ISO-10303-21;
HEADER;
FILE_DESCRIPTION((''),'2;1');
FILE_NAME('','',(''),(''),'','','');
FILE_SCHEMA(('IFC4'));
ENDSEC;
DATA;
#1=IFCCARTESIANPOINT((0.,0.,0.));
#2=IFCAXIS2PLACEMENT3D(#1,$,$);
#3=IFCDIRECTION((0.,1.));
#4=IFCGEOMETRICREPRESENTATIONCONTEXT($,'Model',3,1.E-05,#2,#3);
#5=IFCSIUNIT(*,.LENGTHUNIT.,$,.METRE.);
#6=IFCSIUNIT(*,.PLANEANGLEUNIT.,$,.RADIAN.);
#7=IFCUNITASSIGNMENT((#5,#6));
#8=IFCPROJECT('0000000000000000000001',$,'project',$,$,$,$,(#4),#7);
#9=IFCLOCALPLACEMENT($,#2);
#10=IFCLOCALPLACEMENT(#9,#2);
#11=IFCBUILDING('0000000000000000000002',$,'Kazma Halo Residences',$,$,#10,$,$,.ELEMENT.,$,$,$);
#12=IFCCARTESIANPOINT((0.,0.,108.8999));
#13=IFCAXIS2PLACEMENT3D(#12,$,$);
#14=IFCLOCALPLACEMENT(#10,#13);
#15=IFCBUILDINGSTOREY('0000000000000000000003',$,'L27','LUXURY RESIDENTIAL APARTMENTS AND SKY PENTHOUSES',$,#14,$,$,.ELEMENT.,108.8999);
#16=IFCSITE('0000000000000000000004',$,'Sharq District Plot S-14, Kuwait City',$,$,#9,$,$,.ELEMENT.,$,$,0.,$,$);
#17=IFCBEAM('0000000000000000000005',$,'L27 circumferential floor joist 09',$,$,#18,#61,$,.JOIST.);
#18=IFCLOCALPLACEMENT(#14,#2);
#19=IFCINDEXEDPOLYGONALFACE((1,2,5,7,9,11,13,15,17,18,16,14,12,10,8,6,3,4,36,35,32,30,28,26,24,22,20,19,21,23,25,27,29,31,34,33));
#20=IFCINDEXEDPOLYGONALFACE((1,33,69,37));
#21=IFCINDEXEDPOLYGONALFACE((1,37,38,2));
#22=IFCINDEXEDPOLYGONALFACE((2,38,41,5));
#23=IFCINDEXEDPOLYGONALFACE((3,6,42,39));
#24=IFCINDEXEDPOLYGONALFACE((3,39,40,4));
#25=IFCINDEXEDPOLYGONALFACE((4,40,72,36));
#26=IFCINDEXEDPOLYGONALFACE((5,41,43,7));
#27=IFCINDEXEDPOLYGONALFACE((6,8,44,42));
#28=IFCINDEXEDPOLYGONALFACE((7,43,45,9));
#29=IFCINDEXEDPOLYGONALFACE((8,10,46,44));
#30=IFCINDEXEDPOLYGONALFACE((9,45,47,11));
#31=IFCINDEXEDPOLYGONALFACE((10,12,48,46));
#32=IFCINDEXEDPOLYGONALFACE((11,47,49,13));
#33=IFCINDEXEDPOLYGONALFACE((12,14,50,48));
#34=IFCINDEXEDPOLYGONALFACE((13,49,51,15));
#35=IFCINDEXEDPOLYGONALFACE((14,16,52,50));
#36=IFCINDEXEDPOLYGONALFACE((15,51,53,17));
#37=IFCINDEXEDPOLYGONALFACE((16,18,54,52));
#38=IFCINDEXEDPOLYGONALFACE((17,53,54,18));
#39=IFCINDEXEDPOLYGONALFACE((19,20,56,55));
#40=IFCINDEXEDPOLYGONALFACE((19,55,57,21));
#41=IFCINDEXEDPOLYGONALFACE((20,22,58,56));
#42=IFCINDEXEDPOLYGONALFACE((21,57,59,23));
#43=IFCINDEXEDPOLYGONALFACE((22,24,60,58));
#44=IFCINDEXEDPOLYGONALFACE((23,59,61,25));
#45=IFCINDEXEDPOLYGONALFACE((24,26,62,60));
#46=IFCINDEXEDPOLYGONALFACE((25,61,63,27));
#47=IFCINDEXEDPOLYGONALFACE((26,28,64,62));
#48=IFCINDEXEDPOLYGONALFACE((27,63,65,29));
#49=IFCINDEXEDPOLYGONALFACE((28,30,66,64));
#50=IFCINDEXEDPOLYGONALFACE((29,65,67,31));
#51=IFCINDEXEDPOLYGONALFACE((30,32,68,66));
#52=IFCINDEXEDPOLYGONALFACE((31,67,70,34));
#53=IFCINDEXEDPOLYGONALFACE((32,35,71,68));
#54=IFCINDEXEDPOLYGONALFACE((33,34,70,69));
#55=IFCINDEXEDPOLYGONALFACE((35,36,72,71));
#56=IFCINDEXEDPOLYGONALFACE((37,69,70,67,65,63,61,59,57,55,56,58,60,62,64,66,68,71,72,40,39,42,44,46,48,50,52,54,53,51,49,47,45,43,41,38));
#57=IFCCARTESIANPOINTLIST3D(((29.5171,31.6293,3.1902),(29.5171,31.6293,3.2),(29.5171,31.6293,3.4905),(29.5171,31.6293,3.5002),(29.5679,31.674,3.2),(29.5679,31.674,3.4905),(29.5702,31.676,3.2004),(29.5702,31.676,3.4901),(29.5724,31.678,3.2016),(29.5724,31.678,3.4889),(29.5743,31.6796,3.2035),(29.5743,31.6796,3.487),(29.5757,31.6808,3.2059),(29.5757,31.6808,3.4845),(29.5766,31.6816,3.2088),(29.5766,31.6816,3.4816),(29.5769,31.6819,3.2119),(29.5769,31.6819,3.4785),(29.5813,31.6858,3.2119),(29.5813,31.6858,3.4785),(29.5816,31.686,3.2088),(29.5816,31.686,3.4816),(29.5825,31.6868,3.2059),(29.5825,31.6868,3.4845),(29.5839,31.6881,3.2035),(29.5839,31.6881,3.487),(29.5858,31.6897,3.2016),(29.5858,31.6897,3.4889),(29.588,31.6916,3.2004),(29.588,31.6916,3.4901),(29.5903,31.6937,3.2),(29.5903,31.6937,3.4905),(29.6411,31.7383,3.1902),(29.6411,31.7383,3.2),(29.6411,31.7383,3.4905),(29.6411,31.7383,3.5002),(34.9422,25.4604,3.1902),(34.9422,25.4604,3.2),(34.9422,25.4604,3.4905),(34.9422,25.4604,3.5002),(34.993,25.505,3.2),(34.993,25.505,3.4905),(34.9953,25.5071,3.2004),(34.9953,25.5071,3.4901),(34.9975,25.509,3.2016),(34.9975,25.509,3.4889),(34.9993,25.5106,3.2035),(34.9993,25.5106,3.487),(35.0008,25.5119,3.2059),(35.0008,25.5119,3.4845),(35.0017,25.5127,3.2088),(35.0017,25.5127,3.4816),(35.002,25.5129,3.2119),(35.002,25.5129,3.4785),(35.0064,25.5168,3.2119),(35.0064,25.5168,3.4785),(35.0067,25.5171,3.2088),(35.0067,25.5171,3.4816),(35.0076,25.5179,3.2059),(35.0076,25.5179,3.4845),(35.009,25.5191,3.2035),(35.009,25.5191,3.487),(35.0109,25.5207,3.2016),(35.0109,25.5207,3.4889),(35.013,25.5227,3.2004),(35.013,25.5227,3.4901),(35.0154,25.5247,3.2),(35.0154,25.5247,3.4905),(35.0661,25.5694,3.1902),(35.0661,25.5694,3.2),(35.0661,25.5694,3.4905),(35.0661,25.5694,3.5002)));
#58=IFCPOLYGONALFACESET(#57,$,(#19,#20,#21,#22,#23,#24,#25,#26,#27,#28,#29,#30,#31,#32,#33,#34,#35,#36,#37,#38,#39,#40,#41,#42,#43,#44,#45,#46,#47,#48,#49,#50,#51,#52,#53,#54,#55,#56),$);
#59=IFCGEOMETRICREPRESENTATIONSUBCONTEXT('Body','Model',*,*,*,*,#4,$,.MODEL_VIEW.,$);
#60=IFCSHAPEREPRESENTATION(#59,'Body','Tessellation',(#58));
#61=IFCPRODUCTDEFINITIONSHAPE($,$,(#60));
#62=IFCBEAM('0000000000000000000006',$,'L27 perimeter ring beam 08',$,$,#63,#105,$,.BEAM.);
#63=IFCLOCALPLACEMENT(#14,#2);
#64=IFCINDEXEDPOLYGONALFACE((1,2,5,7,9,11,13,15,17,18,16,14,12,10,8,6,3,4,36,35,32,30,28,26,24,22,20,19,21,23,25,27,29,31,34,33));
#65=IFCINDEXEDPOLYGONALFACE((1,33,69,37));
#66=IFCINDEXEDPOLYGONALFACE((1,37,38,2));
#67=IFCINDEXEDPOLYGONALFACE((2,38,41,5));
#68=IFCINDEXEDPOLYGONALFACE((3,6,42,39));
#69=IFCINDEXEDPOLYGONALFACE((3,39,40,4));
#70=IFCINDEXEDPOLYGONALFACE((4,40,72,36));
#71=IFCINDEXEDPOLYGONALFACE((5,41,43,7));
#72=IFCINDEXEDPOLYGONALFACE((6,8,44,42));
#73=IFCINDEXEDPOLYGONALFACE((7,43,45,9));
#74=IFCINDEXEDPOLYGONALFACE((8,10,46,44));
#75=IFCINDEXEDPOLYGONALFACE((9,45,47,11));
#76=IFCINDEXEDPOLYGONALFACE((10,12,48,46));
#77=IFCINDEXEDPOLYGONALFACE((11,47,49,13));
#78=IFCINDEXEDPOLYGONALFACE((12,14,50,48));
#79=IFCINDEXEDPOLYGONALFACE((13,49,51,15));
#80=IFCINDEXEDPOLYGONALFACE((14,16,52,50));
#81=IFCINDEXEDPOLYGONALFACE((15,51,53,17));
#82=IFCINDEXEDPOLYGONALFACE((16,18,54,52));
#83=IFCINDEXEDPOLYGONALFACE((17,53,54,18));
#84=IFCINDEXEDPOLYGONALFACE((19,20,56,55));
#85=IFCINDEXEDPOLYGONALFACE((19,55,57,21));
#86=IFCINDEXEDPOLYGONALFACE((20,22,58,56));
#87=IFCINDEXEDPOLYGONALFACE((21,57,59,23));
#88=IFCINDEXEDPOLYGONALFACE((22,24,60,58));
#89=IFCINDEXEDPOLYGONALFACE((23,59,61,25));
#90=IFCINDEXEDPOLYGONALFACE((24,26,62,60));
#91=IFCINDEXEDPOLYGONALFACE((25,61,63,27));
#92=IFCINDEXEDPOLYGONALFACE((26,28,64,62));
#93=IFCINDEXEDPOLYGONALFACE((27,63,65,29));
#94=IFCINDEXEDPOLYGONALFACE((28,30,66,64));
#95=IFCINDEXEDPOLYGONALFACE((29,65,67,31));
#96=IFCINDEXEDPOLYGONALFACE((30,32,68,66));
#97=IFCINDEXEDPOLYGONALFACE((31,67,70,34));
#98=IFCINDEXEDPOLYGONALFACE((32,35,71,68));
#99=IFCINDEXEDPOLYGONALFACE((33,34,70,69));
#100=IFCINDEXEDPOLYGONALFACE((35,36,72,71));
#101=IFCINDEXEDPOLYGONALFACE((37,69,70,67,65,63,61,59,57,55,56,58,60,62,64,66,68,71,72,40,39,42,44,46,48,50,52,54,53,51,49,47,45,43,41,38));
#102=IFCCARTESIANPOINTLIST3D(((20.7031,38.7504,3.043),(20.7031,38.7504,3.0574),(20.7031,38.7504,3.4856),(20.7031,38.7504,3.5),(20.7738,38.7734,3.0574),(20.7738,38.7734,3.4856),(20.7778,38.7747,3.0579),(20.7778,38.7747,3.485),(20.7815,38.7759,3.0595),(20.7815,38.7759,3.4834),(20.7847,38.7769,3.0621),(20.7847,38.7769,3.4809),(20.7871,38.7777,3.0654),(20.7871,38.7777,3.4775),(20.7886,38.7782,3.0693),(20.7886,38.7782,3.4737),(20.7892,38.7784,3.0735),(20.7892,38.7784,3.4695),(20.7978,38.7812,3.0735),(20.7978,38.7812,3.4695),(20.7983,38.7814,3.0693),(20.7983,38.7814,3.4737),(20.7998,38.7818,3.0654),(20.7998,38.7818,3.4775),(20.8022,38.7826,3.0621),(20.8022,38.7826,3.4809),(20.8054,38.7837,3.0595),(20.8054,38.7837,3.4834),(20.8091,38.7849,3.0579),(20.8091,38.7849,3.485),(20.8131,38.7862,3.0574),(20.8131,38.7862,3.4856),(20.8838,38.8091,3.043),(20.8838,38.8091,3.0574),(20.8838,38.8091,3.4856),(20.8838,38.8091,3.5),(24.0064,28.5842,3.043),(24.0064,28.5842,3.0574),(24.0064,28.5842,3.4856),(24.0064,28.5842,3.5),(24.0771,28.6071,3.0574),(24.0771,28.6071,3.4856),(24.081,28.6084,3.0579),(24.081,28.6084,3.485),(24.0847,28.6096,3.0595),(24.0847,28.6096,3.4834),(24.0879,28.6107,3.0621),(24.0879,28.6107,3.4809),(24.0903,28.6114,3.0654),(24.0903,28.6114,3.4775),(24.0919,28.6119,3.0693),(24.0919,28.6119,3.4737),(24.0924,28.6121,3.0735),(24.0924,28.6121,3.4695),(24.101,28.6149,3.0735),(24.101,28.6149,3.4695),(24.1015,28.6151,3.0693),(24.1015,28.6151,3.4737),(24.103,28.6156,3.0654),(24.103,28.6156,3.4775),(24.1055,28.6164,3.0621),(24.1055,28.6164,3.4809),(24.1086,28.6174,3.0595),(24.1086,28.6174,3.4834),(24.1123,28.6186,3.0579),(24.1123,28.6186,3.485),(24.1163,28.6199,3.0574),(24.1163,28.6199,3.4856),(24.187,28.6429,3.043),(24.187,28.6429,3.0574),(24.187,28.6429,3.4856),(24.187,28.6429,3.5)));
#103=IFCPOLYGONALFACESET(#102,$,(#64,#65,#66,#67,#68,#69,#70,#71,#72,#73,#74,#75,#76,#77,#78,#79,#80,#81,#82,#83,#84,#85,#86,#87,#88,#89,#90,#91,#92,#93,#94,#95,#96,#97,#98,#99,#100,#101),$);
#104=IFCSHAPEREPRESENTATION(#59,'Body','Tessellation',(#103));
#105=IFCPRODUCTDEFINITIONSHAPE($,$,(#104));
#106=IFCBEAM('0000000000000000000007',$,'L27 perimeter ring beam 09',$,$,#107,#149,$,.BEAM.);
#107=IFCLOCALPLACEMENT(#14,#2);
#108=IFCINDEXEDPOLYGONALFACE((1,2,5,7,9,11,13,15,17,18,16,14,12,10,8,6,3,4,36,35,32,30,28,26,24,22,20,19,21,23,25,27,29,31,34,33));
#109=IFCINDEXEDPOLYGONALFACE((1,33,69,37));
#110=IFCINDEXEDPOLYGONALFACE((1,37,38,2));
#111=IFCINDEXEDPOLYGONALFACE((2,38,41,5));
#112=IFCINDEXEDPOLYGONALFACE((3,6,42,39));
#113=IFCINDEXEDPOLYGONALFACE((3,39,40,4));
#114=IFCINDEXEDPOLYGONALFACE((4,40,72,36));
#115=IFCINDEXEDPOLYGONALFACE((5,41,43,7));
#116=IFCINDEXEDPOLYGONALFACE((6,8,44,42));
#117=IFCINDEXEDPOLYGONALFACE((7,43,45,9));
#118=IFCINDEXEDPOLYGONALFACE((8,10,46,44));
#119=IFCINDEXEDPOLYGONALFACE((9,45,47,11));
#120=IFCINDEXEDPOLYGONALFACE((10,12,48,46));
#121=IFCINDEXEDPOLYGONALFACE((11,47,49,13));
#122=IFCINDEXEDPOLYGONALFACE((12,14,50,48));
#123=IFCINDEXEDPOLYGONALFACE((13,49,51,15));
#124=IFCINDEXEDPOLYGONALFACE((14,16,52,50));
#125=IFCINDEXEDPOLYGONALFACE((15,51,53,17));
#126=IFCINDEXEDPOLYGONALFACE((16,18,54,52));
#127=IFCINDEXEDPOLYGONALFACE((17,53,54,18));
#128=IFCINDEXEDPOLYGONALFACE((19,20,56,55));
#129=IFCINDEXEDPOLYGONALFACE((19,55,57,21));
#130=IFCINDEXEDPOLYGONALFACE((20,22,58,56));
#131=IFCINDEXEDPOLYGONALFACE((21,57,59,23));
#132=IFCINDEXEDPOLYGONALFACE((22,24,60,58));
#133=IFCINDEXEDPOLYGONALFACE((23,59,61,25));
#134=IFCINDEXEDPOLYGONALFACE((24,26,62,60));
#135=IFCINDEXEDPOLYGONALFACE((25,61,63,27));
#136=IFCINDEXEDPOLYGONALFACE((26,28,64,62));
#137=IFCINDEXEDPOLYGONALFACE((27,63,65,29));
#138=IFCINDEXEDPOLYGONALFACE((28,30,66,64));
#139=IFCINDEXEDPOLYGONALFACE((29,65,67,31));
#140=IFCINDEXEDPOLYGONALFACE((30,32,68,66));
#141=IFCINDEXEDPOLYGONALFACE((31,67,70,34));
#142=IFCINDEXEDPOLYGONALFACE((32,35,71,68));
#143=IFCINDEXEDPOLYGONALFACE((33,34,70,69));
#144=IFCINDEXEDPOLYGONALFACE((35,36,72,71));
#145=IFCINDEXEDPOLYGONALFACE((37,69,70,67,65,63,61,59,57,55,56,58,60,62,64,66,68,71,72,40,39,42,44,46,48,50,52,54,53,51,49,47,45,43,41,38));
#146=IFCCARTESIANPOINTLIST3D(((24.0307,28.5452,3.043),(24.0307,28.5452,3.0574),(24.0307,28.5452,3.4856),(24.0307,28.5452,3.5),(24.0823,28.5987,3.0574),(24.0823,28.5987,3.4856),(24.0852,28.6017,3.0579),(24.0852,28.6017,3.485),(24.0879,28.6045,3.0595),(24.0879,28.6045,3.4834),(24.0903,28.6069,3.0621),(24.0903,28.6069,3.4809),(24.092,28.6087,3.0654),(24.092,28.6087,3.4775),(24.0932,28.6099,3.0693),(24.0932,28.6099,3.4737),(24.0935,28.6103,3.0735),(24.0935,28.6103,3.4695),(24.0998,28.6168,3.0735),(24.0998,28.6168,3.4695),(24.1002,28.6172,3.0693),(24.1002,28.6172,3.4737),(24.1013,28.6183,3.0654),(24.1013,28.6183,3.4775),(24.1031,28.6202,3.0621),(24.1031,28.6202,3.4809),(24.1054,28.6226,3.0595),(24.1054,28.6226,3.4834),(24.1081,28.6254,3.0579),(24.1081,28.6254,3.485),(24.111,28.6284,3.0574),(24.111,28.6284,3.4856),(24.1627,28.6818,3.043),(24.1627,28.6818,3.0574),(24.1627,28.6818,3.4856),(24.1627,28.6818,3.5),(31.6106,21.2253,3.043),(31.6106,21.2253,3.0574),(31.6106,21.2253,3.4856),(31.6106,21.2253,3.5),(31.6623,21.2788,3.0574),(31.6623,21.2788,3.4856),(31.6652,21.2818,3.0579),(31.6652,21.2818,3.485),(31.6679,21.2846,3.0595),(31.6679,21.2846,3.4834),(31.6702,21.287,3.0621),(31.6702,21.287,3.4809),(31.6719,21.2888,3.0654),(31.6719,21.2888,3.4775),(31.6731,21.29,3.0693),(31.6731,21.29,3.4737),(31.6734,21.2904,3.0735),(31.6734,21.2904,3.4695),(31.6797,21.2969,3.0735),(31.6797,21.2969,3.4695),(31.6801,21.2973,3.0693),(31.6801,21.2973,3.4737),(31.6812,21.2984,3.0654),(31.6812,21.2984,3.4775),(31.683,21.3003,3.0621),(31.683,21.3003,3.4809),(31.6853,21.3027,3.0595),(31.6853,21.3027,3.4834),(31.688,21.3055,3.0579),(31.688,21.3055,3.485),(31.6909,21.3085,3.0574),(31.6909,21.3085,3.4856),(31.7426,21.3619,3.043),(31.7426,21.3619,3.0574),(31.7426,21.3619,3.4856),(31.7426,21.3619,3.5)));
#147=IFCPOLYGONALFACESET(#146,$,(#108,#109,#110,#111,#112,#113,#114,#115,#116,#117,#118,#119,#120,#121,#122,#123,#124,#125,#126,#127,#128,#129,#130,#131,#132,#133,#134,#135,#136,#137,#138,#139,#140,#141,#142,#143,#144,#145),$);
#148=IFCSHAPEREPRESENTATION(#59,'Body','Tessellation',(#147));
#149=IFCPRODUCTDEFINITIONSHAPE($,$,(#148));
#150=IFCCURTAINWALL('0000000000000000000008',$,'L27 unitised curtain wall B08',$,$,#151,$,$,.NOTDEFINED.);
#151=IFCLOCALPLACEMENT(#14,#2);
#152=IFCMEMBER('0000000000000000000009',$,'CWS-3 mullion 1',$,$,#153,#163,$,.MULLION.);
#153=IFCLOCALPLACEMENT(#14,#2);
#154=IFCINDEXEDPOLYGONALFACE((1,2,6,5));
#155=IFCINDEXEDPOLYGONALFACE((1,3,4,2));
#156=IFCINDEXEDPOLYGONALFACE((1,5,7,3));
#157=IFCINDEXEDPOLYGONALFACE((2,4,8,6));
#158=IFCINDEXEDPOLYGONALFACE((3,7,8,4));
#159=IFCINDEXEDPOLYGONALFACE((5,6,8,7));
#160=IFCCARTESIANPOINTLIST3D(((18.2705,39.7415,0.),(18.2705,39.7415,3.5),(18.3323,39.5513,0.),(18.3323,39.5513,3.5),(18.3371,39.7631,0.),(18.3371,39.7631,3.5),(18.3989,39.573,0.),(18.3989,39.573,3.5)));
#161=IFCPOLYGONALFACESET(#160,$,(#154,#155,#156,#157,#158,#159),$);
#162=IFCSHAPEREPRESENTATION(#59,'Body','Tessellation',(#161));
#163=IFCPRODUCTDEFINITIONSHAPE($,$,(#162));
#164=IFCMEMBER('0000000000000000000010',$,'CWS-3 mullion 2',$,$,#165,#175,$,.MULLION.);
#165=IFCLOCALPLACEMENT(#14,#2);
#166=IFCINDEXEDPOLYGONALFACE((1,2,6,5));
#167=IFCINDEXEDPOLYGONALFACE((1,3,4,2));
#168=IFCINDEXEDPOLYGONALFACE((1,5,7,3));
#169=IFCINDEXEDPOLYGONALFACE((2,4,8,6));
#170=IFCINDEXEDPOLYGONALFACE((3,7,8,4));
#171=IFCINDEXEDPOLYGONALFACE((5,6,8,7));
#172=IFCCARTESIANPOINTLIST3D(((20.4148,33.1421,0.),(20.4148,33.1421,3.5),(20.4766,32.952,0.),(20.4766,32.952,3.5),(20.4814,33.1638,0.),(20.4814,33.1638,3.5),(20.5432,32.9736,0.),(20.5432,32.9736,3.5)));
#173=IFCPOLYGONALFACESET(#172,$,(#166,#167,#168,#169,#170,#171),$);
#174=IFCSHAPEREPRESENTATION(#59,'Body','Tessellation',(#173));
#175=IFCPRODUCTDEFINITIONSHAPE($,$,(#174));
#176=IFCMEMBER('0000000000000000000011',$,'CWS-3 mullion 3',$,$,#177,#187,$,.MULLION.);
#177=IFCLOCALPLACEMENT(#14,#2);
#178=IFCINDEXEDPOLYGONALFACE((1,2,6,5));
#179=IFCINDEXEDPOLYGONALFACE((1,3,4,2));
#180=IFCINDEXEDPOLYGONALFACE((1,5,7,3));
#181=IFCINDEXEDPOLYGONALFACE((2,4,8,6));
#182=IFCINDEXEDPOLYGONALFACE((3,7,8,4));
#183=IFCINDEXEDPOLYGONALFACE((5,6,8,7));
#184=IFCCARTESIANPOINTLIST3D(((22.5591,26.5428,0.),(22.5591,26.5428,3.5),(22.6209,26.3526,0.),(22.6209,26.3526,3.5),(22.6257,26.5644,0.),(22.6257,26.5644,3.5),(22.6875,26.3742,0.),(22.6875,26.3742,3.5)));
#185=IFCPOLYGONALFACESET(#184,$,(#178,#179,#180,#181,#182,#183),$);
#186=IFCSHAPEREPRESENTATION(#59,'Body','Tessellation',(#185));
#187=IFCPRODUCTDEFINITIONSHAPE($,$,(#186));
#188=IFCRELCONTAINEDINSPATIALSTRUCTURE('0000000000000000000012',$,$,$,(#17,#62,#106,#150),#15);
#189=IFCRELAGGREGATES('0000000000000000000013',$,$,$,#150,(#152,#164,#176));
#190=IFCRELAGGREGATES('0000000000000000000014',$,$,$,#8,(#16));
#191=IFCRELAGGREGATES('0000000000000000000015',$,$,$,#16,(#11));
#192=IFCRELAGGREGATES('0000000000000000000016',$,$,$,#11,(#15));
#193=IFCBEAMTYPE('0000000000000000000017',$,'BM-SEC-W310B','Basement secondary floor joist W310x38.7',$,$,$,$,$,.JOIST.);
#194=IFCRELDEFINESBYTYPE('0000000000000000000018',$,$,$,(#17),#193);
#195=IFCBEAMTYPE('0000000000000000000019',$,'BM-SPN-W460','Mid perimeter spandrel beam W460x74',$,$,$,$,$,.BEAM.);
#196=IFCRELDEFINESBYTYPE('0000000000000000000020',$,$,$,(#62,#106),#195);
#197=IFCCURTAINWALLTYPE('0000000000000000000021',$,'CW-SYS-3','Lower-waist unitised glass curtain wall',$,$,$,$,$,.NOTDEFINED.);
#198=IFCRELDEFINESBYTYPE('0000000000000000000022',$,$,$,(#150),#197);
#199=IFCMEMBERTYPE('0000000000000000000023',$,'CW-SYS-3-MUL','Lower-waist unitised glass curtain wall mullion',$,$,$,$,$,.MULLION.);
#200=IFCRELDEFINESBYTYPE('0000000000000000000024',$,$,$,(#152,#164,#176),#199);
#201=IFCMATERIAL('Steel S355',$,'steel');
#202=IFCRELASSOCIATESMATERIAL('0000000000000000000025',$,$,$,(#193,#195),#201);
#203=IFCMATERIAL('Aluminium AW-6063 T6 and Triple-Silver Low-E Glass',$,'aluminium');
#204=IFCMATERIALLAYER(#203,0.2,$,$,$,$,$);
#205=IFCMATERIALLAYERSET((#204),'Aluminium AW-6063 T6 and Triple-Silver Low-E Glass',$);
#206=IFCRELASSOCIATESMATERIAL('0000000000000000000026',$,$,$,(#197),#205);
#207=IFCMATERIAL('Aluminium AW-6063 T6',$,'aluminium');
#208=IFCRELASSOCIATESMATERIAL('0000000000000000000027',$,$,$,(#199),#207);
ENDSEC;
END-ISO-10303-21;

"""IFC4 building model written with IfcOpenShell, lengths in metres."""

from ifc_helpers import new_model, si_unit, direction, frame, origin, origin_2d, place, context, subcontext, project, spatial, rectangle, i_section, extrude, material, layer, layer_set, material_profile, profile_set, type_object, element, aggregate, save


model = new_model("IFC4")

# Units and contexts
model_context = context("Model", 3, precision=1e-05, world=origin(), true_north=direction((0.0, 1.0)))
body_context = subcontext(model_context, "Body", "Model", "MODEL_VIEW")
ifc_project = project(units=[si_unit("LENGTHUNIT", "METRE"), si_unit("PLANEANGLEUNIT", "RADIAN")], contexts=[model_context])

# Site, building, storey
site_placement = place(None, origin())
site = spatial("IfcSite", under=ifc_project, at=site_placement, Name="Sharq District Plot S-14, Kuwait City", CompositionType="ELEMENT", RefElevation=0.0)
building_placement = place(site_placement, origin())
building = spatial("IfcBuilding", under=site, at=building_placement, Name="Kazma Halo Residences", CompositionType="ELEMENT")
storey_placement = place(building_placement, frame((0.0, 0.0, 108.8999)))
storey = spatial("IfcBuildingStorey", under=building, at=storey_placement, Name="L27", Description="LUXURY RESIDENTIAL APARTMENTS AND SKY PENTHOUSES", CompositionType="ELEMENT", Elevation=108.8999)

# Beams
ifc_material_1 = material(Name="Steel S355", Category="steel")
ifc_material_profile_1 = material_profile(ifc_material_1, i_section(OverallWidth=0.165, OverallDepth=0.3101, WebThickness=0.0059, FlangeThickness=0.0098, FilletRadius=0.012, at=origin_2d()), Name="W310x38.7")
ifc_profile_set_1 = profile_set([ifc_material_profile_1], Name="Steel S355")
beam_type_1 = type_object("IfcBeamType", Name="BM-SEC-W310B", Description="Basement secondary floor joist W310x38.7", PredefinedType="JOIST", material=ifc_profile_set_1)
beam_1_placement = place(storey_placement, frame((29.5791, 31.6838, 3.3452), z_axis=(0.660379, -0.750932, 0.0), x_axis=(0.750932, 0.660379, 0.0)))
element("IfcBeam", 1, at=beam_1_placement, inside=storey, type_object=beam_type_1, Name="L27 circumferential floor joist 09", PredefinedType="JOIST", context=body_context, shape_type="SweptSolid", body=[
    extrude(i_section(OverallWidth=0.165, OverallDepth=0.3101, WebThickness=0.0059, FlangeThickness=0.0098, FilletRadius=0.012, at=origin_2d()), origin(), (0.0, 0.0, 1.0), 8.2151),
])
ifc_material_profile_2 = material_profile(ifc_material_1, i_section(OverallWidth=0.1899, OverallDepth=0.457, WebThickness=0.009, FlangeThickness=0.0144, FilletRadius=0.0161, at=origin_2d()), Name="W460x74")
ifc_profile_set_2 = profile_set([ifc_material_profile_2], Name="Steel S355")
beam_type_2 = type_object("IfcBeamType", Name="BM-SPN-W460", Description="Mid perimeter spandrel beam W460x74", PredefinedType="BEAM", material=ifc_profile_set_2)
beam_2_placement = place(storey_placement, frame((20.7935, 38.7798, 3.2715), z_axis=(0.309017, -0.951056, 0.0), x_axis=(0.951056, 0.309017, 0.0)))
element("IfcBeam", 2, at=beam_2_placement, inside=storey, type_object=beam_type_2, Name="L27 perimeter ring beam 08", PredefinedType="BEAM", context=body_context, shape_type="SweptSolid", body=[
    extrude(i_section(OverallWidth=0.1899, OverallDepth=0.457, WebThickness=0.009, FlangeThickness=0.0144, FilletRadius=0.0161, at=origin_2d()), origin(), (0.0, 0.0, 1.0), 10.6895),
])
beam_3_placement = place(storey_placement, frame((24.0967, 28.6135, 3.2715), z_axis=(0.719337, -0.694661, 0.0), x_axis=(0.694661, 0.719337, 0.0)))
element("IfcBeam", 3, at=beam_3_placement, inside=storey, type_object=beam_type_2, Name="L27 perimeter ring beam 09", PredefinedType="BEAM", context=body_context, shape_type="SweptSolid", body=[
    extrude(i_section(OverallWidth=0.1899, OverallDepth=0.457, WebThickness=0.009, FlangeThickness=0.0144, FilletRadius=0.0161, at=origin_2d()), origin(), (0.0, 0.0, 1.0), 10.5374),
])

# Curtain wall, members
ifc_material_2 = material(Name="Aluminium AW-6063 T6 and Triple-Silver Low-E Glass", Category="aluminium")
ifc_layer_1 = layer(ifc_material_2, 0.2)
ifc_layer_set_1 = layer_set([ifc_layer_1], Name="Aluminium AW-6063 T6 and Triple-Silver Low-E Glass")
curtain_wall_type = type_object("IfcCurtainWallType", Name="CW-SYS-3", Description="Lower-waist unitised glass curtain wall", PredefinedType="NOTDEFINED", material=ifc_layer_set_1)
curtain_wall_placement = place(storey_placement, origin())
curtain_wall = element("IfcCurtainWall", 4, at=curtain_wall_placement, inside=storey, type_object=curtain_wall_type, Name="L27 unitised curtain wall B08", PredefinedType="NOTDEFINED")
ifc_material_3 = material(Name="Aluminium AW-6063 T6", Category="aluminium")
ifc_material_profile_3 = material_profile(ifc_material_3, rectangle(XDim=0.0701, YDim=0.2, at=origin_2d()), Name="CWM-70x200")
ifc_profile_set_3 = profile_set([ifc_material_profile_3], Name="Aluminium AW-6063 T6")
member_type_1 = type_object("IfcMemberType", Name="CW-SYS-3-MUL", Description="Lower-waist unitised glass curtain wall mullion", PredefinedType="MULLION", material=ifc_profile_set_3)
member_1_placement = place(storey_placement, frame((18.3347, 39.6572, 0.0), z_axis=(0.0, 0.0, 1.0), x_axis=(0.951058, 0.309013, 0.0)))
member_1 = element("IfcMember", 5, at=member_1_placement, type_object=member_type_1, Name="CWS-3 mullion 1", PredefinedType="MULLION", context=body_context, shape_type="SweptSolid", body=[
    extrude(rectangle(XDim=0.0701, YDim=0.2, at=origin_2d()), origin(), (0.0, 0.0, 1.0), 3.5),
])
member_2_placement = place(storey_placement, frame((20.479, 33.0579, 0.0), z_axis=(0.0, 0.0, 1.0), x_axis=(0.951058, 0.309013, 0.0)))
member_2 = element("IfcMember", 6, at=member_2_placement, type_object=member_type_1, Name="CWS-3 mullion 2", PredefinedType="MULLION", context=body_context, shape_type="SweptSolid", body=[
    extrude(rectangle(XDim=0.0701, YDim=0.2, at=origin_2d()), origin(), (0.0, 0.0, 1.0), 3.5),
])
member_3_placement = place(storey_placement, frame((22.6233, 26.4585, 0.0), z_axis=(0.0, 0.0, 1.0), x_axis=(0.951058, 0.309013, 0.0)))
member_3 = element("IfcMember", 7, at=member_3_placement, type_object=member_type_1, Name="CWS-3 mullion 3", PredefinedType="MULLION", context=body_context, shape_type="SweptSolid", body=[
    extrude(rectangle(XDim=0.0701, YDim=0.2, at=origin_2d()), origin(), (0.0, 0.0, 1.0), 3.5),
])
aggregate(curtain_wall, [member_1, member_2, member_3])

save(model, "model.ifc")
